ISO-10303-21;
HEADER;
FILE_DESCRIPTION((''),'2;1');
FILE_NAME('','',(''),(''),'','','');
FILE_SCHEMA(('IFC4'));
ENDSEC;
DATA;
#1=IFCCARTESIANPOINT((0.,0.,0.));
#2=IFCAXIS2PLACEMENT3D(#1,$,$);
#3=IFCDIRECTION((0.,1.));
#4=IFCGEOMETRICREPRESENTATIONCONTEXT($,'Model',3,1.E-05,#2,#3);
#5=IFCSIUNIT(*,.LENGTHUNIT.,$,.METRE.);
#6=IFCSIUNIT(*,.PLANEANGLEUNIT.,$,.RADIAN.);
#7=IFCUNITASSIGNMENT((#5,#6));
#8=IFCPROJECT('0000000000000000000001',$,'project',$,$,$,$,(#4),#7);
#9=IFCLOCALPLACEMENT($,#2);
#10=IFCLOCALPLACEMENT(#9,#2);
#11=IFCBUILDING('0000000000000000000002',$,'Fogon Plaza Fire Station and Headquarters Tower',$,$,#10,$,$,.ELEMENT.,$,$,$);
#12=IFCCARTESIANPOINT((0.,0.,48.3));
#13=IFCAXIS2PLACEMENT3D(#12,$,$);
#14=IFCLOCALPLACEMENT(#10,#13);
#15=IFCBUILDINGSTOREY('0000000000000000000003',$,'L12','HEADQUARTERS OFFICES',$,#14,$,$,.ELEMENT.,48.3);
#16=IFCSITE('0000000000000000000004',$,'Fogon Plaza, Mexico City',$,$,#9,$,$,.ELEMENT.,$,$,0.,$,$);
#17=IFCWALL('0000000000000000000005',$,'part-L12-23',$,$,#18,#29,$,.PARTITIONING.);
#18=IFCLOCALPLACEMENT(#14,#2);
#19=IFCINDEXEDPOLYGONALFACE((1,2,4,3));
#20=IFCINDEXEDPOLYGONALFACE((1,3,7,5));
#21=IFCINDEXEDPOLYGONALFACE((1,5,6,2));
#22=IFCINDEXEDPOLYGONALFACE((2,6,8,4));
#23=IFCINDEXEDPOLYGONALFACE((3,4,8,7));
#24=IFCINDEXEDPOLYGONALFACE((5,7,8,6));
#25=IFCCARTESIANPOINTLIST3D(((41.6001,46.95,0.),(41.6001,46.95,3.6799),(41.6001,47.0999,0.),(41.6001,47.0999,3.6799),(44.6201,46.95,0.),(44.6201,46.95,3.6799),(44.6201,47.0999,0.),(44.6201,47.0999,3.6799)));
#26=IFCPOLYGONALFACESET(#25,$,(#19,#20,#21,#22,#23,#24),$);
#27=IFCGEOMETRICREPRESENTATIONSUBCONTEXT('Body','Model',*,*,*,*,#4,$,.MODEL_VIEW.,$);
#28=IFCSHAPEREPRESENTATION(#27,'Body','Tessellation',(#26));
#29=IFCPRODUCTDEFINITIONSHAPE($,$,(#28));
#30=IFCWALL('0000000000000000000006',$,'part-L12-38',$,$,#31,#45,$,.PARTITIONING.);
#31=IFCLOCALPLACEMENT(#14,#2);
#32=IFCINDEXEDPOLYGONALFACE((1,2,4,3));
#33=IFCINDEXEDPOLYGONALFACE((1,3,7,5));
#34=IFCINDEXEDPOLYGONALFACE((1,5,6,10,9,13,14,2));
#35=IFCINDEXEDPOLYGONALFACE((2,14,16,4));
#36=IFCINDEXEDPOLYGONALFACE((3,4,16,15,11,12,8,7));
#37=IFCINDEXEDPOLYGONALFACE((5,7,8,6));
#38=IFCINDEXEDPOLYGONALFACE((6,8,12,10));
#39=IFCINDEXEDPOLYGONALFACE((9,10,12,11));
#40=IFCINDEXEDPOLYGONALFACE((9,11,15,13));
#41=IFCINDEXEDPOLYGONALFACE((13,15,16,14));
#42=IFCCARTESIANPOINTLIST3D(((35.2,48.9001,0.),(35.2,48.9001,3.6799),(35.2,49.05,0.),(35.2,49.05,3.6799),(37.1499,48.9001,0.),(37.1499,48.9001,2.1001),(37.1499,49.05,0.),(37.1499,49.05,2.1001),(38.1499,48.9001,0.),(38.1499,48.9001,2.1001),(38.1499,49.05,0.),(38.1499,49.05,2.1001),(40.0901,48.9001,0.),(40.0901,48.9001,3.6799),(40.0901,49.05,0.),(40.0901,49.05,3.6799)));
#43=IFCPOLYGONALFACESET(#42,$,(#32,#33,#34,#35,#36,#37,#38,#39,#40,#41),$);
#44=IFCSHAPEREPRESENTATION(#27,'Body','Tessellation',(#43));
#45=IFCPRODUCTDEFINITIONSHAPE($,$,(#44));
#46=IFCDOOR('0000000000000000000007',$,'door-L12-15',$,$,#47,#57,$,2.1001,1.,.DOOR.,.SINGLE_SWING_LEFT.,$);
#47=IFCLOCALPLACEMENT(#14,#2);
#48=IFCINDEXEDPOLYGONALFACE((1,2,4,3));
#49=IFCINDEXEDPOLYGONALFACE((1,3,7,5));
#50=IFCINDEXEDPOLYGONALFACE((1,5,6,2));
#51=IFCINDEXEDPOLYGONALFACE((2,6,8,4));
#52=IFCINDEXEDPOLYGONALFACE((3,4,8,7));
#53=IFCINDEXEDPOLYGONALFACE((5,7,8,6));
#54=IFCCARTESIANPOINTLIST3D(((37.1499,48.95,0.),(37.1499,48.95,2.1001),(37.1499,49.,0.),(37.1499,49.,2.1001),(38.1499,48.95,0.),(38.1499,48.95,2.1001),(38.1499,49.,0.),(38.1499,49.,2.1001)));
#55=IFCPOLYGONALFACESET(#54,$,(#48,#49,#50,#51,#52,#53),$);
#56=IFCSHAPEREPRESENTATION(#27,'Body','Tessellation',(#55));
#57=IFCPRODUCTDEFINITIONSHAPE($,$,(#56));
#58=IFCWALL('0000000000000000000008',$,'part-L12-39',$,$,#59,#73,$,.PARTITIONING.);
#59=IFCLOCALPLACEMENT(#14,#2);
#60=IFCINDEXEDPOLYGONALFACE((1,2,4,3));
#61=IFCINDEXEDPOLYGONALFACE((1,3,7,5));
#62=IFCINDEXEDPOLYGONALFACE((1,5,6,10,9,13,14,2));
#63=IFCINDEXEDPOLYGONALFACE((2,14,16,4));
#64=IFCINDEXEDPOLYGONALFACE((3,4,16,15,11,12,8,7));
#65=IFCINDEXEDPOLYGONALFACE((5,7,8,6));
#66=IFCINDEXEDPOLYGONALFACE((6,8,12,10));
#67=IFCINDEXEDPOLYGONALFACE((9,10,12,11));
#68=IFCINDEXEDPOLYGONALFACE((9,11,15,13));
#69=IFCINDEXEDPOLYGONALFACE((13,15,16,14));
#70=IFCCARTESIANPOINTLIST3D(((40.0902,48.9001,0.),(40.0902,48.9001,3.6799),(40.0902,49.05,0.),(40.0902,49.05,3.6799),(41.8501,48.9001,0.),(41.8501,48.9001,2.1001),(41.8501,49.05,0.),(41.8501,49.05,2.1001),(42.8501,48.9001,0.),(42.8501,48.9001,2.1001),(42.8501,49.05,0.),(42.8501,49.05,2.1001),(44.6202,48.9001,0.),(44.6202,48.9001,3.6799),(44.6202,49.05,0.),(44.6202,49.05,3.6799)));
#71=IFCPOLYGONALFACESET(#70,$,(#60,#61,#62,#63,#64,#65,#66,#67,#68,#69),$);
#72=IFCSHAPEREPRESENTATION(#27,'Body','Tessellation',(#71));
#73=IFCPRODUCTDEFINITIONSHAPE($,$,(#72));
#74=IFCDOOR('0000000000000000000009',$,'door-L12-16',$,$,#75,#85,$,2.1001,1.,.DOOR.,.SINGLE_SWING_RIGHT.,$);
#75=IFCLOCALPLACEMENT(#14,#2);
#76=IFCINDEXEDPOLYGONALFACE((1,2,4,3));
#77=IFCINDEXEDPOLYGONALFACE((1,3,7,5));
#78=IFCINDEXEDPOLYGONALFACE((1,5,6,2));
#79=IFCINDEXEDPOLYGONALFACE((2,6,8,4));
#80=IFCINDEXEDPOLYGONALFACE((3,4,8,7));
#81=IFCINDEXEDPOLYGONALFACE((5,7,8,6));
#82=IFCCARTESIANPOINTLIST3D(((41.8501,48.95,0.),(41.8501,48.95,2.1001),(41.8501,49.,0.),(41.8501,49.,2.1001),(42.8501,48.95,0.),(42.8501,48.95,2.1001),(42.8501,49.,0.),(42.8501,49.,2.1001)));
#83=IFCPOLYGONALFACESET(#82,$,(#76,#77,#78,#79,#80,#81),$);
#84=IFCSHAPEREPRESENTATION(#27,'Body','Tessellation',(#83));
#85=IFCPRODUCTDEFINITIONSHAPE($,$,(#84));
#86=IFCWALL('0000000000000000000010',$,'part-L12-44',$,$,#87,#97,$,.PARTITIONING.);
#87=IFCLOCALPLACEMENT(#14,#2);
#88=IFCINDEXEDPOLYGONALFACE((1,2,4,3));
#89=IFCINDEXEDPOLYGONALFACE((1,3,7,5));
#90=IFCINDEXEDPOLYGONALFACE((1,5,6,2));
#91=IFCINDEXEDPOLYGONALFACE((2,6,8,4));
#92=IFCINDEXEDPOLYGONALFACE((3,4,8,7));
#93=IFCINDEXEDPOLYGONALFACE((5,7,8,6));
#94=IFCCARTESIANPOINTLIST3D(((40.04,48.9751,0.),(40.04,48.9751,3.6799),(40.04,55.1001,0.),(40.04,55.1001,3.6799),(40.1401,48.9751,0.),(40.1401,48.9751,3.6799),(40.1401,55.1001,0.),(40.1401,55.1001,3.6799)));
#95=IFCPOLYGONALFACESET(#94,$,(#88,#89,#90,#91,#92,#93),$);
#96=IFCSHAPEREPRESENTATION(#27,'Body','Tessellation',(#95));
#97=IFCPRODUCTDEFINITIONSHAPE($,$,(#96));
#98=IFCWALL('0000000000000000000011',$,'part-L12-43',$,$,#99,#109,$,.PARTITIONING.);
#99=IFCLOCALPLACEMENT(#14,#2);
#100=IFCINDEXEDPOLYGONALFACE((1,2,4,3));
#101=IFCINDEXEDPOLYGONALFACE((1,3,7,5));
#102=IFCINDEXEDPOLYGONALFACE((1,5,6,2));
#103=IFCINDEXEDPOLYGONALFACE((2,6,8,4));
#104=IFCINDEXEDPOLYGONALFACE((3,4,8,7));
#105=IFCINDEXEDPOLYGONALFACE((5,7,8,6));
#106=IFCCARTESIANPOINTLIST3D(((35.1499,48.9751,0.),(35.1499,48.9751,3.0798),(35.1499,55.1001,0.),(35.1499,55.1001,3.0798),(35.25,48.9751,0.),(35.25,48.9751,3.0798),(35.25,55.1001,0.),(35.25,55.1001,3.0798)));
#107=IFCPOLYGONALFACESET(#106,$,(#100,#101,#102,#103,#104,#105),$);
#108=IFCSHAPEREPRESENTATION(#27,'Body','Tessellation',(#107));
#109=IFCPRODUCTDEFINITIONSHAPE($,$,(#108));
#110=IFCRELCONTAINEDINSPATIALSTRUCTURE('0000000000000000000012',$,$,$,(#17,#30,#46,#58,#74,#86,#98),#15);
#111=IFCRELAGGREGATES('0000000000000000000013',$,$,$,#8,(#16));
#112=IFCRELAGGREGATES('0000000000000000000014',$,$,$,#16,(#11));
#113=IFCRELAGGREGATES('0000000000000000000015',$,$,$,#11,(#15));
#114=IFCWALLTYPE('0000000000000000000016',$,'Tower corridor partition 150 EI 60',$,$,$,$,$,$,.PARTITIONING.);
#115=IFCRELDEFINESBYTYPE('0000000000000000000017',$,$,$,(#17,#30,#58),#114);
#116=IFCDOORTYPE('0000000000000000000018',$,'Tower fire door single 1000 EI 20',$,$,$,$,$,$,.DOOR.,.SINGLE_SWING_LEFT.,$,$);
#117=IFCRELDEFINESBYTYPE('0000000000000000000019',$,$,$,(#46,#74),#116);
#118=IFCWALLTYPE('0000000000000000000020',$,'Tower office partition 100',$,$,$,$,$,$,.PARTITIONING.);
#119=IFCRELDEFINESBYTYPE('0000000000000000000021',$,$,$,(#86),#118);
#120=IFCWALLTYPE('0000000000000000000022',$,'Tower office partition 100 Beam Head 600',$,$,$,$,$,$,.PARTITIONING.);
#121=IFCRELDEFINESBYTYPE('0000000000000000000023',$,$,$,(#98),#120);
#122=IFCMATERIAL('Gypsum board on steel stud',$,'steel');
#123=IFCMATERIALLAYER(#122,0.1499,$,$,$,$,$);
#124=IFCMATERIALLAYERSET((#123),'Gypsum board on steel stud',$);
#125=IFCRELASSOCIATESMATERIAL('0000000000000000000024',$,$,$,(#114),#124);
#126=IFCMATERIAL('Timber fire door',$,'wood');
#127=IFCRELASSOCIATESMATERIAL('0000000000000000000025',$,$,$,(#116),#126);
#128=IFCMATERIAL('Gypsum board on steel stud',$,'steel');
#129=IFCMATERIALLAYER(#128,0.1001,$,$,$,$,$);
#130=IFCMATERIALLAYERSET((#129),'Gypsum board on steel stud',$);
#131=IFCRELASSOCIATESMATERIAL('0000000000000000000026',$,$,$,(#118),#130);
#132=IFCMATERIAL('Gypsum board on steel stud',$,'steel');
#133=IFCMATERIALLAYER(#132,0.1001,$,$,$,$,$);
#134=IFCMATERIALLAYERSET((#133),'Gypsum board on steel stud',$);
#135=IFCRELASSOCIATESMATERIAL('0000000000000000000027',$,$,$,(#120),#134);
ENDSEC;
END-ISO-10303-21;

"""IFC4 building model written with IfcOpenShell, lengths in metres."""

from ifc_helpers import new_model, si_unit, direction, frame, frame_2d, origin, place, context, subcontext, project, spatial, rectangle, extrude, material, layer, layer_set, type_object, element, fill, save


model = new_model("IFC4")

# Units and contexts
model_context = context("Model", 3, precision=1e-05, world=origin(), true_north=direction((0.0, 1.0)))
body_context = subcontext(model_context, "Body", "Model", "MODEL_VIEW")
ifc_project = project(units=[si_unit("LENGTHUNIT", "METRE"), si_unit("PLANEANGLEUNIT", "RADIAN")], contexts=[model_context])

# Site, building, storey
site_placement = place(None, origin())
site = spatial("IfcSite", under=ifc_project, at=site_placement, Name="Fogon Plaza, Mexico City", CompositionType="ELEMENT", RefElevation=0.0)
building_placement = place(site_placement, origin())
building = spatial("IfcBuilding", under=site, at=building_placement, Name="Fogon Plaza Fire Station and Headquarters Tower", CompositionType="ELEMENT")
storey_placement = place(building_placement, frame((0.0, 0.0, 48.3)))
storey = spatial("IfcBuildingStorey", under=building, at=storey_placement, Name="L12", Description="HEADQUARTERS OFFICES", CompositionType="ELEMENT", Elevation=48.3)

# Wall
ifc_material_1 = material(Name="Gypsum board on steel stud", Category="steel")
ifc_layer_1 = layer(ifc_material_1, 0.1499)
ifc_layer_set_1 = layer_set([ifc_layer_1], Name="Gypsum board on steel stud")
wall_type_1 = type_object("IfcWallType", Name="Tower corridor partition 150 EI 60", PredefinedType="PARTITIONING", material=ifc_layer_set_1)
wall_1_placement = place(storey_placement, frame((41.6001, 47.0249, 0.0), z_axis=(0.0, 0.0, 1.0), x_axis=(1.0, 0.0, 0.0)))
element("IfcWall", 1, at=wall_1_placement, inside=storey, type_object=wall_type_1, Name="part-L12-23", PredefinedType="PARTITIONING", context=body_context, shape_type="SweptSolid", body=[
    extrude(rectangle(XDim=3.02, YDim=0.1499, at=frame_2d((1.51, 0.0))), origin(), (0.0, 0.0, 1.0), 3.6799),
])

# Walls, openings, doors
wall_2_placement = place(storey_placement, frame((35.2, 48.9751, 0.0), z_axis=(0.0, 0.0, 1.0), x_axis=(1.0, 0.0, 0.0)))
wall_2 = element("IfcWall", 2, at=wall_2_placement, inside=storey, type_object=wall_type_1, Name="part-L12-38", PredefinedType="PARTITIONING", context=body_context, shape_type="SweptSolid", body=[
    extrude(rectangle(XDim=4.8901, YDim=0.1499, at=frame_2d((2.4451, 0.0))), origin(), (0.0, 0.0, 1.0), 3.6799),
])
opening_1_placement = place(wall_2_placement, frame((1.95, 0.0, 0.0)))
opening_1 = element("IfcOpeningElement", 3, at=opening_1_placement, cuts=wall_2, PredefinedType="OPENING", context=body_context, shape_type="SweptSolid", body=[
    extrude(rectangle(XDim=1.0, YDim=2.1001, at=frame_2d((0.5, 1.05))), frame((0.0, 0.085, 0.0), z_axis=(0.0, -1.0, 0.0), x_axis=(1.0, 0.0, 0.0)), (0.0, 0.0, 1.0), 0.1699),
])
ifc_material_2 = material(Name="Timber fire door", Category="wood")
door_type = type_object("IfcDoorType", Name="Tower fire door single 1000 EI 20", OperationType="SINGLE_SWING_LEFT", PredefinedType="DOOR", material=ifc_material_2)
door_1_placement = place(opening_1_placement, origin())
door_1 = element("IfcDoor", 4, at=door_1_placement, inside=storey, type_object=door_type, Name="door-L12-15", OperationType="SINGLE_SWING_LEFT", OverallHeight=2.1001, OverallWidth=1.0, PredefinedType="DOOR", context=body_context, shape_type="SweptSolid", body=[
    extrude(rectangle(XDim=1.0, YDim=2.1001, at=frame_2d((0.5, 1.05))), frame((0.0, 0.0249, 0.0), z_axis=(0.0, -1.0, 0.0), x_axis=(1.0, 0.0, 0.0)), (0.0, 0.0, 1.0), 0.05),
])
fill(opening_1, door_1)
wall_3_placement = place(storey_placement, frame((40.0901, 48.9751, 0.0), z_axis=(0.0, 0.0, 1.0), x_axis=(1.0, 0.0, 0.0)))
wall_3 = element("IfcWall", 5, at=wall_3_placement, inside=storey, type_object=wall_type_1, Name="part-L12-39", PredefinedType="PARTITIONING", context=body_context, shape_type="SweptSolid", body=[
    extrude(rectangle(XDim=4.53, YDim=0.1499, at=frame_2d((2.2651, 0.0))), origin(), (0.0, 0.0, 1.0), 3.6799),
])
opening_2_placement = place(wall_3_placement, frame((1.76, 0.0, 0.0)))
opening_2 = element("IfcOpeningElement", 6, at=opening_2_placement, cuts=wall_3, PredefinedType="OPENING", context=body_context, shape_type="SweptSolid", body=[
    extrude(rectangle(XDim=1.0, YDim=2.1001, at=frame_2d((0.5, 1.05))), frame((0.0, 0.085, 0.0), z_axis=(0.0, -1.0, 0.0), x_axis=(1.0, 0.0, 0.0)), (0.0, 0.0, 1.0), 0.1699),
])
door_2_placement = place(opening_2_placement, origin())
door_2 = element("IfcDoor", 7, at=door_2_placement, inside=storey, type_object=door_type, Name="door-L12-16", OperationType="SINGLE_SWING_RIGHT", OverallHeight=2.1001, OverallWidth=1.0, PredefinedType="DOOR", context=body_context, shape_type="SweptSolid", body=[
    extrude(rectangle(XDim=1.0, YDim=2.1001, at=frame_2d((0.5, 1.05))), frame((0.0, 0.0249, 0.0), z_axis=(0.0, -1.0, 0.0), x_axis=(1.0, 0.0, 0.0)), (0.0, 0.0, 1.0), 0.05),
])
fill(opening_2, door_2)

# Walls
ifc_material_3 = material(Name="Gypsum board on steel stud", Category="steel")
ifc_layer_2 = layer(ifc_material_3, 0.1001)
ifc_layer_set_2 = layer_set([ifc_layer_2], Name="Gypsum board on steel stud")
wall_type_2 = type_object("IfcWallType", Name="Tower office partition 100", PredefinedType="PARTITIONING", material=ifc_layer_set_2)
wall_4_placement = place(storey_placement, frame((40.0901, 48.9751, 0.0), z_axis=(0.0, 0.0, 1.0), x_axis=(0.0, 1.0, 0.0)))
element("IfcWall", 8, at=wall_4_placement, inside=storey, type_object=wall_type_2, Name="part-L12-44", PredefinedType="PARTITIONING", context=body_context, shape_type="SweptSolid", body=[
    extrude(rectangle(XDim=6.125, YDim=0.1001, at=frame_2d((3.0625, 0.0))), origin(), (0.0, 0.0, 1.0), 3.6799),
])
ifc_material_4 = material(Name="Gypsum board on steel stud", Category="steel")
ifc_layer_3 = layer(ifc_material_4, 0.1001)
ifc_layer_set_3 = layer_set([ifc_layer_3], Name="Gypsum board on steel stud")
wall_type_3 = type_object("IfcWallType", Name="Tower office partition 100 Beam Head 600", PredefinedType="PARTITIONING", material=ifc_layer_set_3)
wall_5_placement = place(storey_placement, frame((35.2, 48.9751, 0.0), z_axis=(0.0, 0.0, 1.0), x_axis=(0.0, 1.0, 0.0)))
element("IfcWall", 9, at=wall_5_placement, inside=storey, type_object=wall_type_3, Name="part-L12-43", PredefinedType="PARTITIONING", context=body_context, shape_type="SweptSolid", body=[
    extrude(rectangle(XDim=6.125, YDim=0.1001, at=frame_2d((3.0625, 0.0))), origin(), (0.0, 0.0, 1.0), 3.0798),
])

save(model, "model.ifc")
